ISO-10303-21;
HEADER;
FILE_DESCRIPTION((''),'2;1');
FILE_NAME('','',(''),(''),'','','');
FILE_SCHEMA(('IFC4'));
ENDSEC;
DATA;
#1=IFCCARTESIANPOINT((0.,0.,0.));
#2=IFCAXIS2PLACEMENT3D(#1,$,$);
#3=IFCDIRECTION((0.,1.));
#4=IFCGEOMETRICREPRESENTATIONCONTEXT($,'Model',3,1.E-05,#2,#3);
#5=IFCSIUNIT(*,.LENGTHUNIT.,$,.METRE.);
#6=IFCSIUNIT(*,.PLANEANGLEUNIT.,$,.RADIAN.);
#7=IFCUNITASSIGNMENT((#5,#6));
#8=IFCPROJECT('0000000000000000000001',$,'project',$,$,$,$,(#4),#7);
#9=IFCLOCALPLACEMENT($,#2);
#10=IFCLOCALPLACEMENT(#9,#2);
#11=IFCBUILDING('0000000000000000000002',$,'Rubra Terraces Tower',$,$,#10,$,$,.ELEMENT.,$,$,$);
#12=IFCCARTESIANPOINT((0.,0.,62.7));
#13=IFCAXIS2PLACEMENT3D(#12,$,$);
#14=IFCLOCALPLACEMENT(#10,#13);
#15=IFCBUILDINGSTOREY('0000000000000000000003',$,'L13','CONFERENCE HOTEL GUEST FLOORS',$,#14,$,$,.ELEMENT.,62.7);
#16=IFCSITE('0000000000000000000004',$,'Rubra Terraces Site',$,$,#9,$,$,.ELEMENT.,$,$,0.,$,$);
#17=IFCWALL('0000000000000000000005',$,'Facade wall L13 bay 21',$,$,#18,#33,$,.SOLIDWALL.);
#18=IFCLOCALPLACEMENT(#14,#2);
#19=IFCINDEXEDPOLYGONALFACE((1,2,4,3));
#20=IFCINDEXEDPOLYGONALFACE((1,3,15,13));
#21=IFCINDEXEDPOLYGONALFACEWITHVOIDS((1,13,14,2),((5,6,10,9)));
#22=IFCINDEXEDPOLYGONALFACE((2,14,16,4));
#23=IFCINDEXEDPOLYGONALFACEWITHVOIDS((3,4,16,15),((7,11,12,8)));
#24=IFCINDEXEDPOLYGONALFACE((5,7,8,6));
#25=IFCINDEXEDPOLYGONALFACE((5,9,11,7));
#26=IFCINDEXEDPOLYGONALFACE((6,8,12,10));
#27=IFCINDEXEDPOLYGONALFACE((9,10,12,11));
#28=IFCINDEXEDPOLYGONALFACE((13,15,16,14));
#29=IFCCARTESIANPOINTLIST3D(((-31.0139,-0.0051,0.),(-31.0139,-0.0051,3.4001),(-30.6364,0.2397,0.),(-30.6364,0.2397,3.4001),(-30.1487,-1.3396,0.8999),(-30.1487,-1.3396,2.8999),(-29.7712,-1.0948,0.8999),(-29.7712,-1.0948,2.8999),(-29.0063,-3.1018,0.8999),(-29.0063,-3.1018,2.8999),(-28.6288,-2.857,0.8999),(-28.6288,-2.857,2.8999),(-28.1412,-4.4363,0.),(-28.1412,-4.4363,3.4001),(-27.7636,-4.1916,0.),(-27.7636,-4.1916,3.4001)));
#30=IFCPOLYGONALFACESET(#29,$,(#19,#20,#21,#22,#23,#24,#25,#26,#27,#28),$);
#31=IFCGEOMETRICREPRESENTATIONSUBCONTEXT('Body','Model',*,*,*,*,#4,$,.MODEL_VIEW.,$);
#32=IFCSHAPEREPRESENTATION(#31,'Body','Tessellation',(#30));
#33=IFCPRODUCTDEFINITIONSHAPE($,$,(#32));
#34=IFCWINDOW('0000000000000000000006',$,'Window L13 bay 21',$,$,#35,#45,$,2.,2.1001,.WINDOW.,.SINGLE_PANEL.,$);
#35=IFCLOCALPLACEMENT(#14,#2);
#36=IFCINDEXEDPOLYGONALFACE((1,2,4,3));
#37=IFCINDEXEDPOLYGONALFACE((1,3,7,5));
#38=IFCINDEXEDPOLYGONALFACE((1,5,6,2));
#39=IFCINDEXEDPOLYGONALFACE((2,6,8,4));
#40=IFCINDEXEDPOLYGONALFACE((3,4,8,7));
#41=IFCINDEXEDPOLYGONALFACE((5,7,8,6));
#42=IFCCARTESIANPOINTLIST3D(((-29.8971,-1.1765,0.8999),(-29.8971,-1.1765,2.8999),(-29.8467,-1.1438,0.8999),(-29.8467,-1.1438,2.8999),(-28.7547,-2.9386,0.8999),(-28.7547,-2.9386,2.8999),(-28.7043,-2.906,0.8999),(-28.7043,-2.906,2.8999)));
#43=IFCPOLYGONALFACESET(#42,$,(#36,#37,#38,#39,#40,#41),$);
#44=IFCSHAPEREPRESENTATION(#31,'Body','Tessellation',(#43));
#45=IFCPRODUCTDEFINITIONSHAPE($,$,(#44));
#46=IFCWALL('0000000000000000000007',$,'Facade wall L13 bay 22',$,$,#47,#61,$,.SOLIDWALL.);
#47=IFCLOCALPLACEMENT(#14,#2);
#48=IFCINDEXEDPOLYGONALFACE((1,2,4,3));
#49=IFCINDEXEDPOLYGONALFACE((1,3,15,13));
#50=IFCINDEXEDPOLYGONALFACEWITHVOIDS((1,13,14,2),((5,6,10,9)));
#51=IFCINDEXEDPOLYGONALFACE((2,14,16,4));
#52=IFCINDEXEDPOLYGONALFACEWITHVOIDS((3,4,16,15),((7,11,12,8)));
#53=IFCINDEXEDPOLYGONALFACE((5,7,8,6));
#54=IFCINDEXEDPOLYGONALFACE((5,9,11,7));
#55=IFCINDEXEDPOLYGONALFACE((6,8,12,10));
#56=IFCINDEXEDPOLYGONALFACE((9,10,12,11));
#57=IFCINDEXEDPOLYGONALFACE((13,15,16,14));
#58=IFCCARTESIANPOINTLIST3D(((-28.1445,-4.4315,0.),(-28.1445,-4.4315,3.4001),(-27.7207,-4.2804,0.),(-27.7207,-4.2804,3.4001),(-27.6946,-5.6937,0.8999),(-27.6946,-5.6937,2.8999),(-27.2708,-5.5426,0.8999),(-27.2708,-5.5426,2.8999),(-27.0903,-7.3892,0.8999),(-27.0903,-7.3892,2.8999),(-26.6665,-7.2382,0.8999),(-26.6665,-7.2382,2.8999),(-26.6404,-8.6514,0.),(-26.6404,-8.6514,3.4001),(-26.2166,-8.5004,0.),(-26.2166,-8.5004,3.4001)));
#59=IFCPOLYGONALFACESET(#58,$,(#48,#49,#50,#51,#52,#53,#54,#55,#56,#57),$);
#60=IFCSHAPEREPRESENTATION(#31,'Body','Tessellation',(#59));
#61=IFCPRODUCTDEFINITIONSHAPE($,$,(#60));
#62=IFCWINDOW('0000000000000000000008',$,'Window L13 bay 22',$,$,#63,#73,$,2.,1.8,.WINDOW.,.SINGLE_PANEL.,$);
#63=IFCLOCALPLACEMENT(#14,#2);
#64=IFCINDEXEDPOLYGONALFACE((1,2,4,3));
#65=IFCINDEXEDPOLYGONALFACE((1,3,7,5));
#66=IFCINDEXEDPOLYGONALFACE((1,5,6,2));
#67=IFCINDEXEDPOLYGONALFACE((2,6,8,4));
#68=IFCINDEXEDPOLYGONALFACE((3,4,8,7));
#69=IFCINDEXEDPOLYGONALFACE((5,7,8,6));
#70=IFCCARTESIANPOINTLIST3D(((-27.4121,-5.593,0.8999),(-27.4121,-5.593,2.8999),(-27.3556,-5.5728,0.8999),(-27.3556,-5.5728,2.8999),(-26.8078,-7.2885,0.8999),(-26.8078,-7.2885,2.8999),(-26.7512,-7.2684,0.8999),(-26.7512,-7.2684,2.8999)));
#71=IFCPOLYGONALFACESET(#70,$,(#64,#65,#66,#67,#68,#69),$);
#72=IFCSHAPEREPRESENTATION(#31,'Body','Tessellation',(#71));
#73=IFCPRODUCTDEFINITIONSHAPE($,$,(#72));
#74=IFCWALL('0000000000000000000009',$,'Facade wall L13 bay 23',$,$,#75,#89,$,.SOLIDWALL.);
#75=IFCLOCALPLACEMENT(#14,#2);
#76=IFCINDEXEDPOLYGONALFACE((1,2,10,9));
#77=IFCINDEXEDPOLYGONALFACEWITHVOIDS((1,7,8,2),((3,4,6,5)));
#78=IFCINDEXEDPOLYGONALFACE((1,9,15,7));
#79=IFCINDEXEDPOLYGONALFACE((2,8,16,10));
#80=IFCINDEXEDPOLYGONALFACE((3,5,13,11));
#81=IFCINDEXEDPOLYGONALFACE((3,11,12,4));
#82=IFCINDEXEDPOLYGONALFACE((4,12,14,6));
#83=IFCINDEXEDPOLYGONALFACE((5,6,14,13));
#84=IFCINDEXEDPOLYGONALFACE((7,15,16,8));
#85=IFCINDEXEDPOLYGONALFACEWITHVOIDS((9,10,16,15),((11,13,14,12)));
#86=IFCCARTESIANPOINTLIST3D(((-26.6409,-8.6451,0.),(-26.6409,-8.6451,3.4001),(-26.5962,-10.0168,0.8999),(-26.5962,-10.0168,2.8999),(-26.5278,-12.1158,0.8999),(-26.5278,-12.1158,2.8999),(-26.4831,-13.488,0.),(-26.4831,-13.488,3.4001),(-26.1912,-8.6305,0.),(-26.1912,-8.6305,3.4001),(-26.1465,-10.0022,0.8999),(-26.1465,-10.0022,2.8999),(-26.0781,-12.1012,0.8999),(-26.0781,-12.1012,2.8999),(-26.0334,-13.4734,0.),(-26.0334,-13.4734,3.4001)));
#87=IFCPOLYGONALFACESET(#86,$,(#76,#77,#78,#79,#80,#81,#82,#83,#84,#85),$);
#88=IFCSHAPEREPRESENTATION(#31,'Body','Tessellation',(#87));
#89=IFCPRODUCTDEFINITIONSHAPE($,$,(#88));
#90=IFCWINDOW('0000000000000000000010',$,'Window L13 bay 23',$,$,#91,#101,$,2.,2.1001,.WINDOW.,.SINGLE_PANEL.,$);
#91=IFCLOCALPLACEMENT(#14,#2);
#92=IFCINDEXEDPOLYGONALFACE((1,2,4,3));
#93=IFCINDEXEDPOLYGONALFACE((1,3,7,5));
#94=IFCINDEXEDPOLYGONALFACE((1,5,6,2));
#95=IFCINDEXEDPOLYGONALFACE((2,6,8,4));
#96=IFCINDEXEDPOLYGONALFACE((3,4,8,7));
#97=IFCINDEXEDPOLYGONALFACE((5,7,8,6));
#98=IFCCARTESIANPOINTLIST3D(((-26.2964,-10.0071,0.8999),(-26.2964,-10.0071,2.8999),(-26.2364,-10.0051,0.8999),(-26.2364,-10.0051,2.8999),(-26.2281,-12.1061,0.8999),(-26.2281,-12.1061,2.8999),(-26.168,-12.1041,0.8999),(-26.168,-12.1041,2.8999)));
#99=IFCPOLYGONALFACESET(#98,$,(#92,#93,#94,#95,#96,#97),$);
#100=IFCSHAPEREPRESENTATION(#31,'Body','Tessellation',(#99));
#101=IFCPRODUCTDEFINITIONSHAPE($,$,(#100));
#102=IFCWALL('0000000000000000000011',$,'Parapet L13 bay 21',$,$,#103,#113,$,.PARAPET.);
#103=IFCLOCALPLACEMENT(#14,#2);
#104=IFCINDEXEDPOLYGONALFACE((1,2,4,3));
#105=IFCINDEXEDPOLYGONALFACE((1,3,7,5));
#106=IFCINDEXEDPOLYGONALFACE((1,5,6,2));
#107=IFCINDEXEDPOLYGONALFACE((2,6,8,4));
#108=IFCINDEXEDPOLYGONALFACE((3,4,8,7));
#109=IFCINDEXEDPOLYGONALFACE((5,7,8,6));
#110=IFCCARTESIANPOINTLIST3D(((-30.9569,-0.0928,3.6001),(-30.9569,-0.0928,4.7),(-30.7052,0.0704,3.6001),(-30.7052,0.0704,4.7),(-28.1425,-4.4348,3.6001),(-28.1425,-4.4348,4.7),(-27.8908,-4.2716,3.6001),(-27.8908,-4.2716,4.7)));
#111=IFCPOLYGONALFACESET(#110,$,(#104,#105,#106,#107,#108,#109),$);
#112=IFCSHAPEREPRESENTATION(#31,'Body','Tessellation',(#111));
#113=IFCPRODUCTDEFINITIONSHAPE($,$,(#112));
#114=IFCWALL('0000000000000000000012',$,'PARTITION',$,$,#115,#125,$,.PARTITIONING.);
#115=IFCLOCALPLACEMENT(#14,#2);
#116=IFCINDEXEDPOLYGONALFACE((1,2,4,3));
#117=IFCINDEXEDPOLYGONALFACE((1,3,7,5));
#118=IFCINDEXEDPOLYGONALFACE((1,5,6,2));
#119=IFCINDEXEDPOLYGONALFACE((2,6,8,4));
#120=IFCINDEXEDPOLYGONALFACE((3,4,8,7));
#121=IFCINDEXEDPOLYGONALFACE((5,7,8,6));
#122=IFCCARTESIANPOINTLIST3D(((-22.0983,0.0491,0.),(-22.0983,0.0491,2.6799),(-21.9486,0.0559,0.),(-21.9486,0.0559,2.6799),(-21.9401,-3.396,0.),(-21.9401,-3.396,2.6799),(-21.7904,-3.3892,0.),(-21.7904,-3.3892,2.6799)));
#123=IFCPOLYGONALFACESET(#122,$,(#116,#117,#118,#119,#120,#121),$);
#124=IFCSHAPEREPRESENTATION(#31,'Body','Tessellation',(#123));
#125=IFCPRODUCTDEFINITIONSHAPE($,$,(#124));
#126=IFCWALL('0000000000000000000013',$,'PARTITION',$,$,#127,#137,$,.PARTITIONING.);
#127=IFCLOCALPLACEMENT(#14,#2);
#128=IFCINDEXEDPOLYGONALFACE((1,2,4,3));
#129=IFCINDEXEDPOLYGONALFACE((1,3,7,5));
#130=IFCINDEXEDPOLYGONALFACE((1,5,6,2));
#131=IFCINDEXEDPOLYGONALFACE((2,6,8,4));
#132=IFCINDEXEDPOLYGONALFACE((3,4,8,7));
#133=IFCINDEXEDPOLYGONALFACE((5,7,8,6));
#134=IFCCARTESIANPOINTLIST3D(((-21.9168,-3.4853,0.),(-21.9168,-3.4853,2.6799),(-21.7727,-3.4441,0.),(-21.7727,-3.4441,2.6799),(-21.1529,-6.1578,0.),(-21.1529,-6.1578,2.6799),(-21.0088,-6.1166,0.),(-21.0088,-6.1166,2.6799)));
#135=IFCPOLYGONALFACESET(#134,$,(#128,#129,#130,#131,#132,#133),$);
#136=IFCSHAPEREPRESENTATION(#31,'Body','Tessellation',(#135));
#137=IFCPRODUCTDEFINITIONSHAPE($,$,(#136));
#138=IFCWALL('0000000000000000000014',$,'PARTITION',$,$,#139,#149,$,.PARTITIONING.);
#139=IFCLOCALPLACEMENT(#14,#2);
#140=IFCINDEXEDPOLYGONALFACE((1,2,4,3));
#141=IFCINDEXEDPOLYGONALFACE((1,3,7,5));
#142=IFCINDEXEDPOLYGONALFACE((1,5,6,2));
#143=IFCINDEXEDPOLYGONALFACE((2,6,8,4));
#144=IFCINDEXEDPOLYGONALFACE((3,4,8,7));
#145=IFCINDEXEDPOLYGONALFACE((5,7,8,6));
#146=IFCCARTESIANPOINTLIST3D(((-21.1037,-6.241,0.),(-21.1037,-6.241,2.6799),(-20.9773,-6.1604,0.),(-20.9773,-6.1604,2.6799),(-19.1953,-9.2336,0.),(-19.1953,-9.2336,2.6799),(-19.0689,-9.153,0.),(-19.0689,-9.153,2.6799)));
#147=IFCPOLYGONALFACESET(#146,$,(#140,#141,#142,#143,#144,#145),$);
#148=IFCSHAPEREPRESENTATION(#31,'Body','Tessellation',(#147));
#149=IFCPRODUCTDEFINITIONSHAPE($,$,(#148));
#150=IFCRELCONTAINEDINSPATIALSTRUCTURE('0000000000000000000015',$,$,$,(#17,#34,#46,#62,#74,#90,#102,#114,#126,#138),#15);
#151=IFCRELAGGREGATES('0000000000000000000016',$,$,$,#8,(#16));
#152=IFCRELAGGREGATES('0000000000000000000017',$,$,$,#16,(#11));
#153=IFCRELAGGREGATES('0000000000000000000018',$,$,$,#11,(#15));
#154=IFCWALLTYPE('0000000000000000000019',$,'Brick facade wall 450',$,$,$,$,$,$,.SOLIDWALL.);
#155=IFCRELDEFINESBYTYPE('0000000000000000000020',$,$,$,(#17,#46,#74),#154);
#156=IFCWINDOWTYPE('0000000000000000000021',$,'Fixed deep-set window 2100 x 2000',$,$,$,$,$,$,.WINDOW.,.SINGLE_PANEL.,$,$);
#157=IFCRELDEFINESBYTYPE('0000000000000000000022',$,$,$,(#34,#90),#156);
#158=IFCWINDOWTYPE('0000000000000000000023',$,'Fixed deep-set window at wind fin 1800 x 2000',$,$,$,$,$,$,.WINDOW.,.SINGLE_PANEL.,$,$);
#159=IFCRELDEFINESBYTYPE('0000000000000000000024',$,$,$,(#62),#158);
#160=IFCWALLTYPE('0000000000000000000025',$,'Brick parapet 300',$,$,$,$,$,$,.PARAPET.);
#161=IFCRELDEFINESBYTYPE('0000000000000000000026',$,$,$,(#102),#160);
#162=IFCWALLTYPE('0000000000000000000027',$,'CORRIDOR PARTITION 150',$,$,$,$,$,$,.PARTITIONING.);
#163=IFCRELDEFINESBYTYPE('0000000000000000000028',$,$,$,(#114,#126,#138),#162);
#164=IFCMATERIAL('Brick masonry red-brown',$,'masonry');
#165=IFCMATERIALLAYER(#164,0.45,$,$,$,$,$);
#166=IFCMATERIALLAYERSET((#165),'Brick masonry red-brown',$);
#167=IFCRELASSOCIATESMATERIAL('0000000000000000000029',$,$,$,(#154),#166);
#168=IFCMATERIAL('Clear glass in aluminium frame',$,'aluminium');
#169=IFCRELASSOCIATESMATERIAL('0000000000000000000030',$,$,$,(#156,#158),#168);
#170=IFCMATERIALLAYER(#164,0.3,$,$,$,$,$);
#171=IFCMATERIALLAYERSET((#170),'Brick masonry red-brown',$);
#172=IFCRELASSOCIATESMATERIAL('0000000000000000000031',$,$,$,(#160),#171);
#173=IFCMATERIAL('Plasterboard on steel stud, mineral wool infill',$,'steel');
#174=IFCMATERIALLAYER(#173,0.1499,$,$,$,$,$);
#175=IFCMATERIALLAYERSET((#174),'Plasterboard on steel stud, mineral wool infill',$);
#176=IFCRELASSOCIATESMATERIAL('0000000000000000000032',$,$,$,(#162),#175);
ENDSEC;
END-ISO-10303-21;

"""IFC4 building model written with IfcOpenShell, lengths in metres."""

from ifc_helpers import new_model, si_unit, direction, frame, frame_2d, origin, place, context, subcontext, project, spatial, rectangle, extrude, material, layer, layer_set, type_object, element, fill, save


model = new_model("IFC4")

# Units and contexts
model_context = context("Model", 3, precision=1e-05, world=origin(), true_north=direction((0.0, 1.0)))
body_context = subcontext(model_context, "Body", "Model", "MODEL_VIEW")
ifc_project = project(units=[si_unit("LENGTHUNIT", "METRE"), si_unit("PLANEANGLEUNIT", "RADIAN")], contexts=[model_context])

# Site, building, storey
site_placement = place(None, origin())
site = spatial("IfcSite", under=ifc_project, at=site_placement, Name="Rubra Terraces Site", CompositionType="ELEMENT", RefElevation=0.0)
building_placement = place(site_placement, origin())
building = spatial("IfcBuilding", under=site, at=building_placement, Name="Rubra Terraces Tower", CompositionType="ELEMENT")
storey_placement = place(building_placement, frame((0.0, 0.0, 62.7)))
storey = spatial("IfcBuildingStorey", under=building, at=storey_placement, Name="L13", Description="CONFERENCE HOTEL GUEST FLOORS", CompositionType="ELEMENT", Elevation=62.7)

# Walls, openings, windows
ifc_material_1 = material(Name="Brick masonry red-brown", Category="masonry")
ifc_layer_1 = layer(ifc_material_1, 0.45)
ifc_layer_set_1 = layer_set([ifc_layer_1], Name="Brick masonry red-brown")
wall_type_1 = type_object("IfcWallType", Name="Brick facade wall 450", PredefinedType="SOLIDWALL", material=ifc_layer_set_1)
wall_1_placement = place(storey_placement, frame((-30.8252, 0.1174, 0.0), z_axis=(0.0, 0.0, 1.0), x_axis=(0.543976, -0.839101, 0.0)))
wall_1 = element("IfcWall", 1, at=wall_1_placement, inside=storey, type_object=wall_type_1, Name="Facade wall L13 bay 21", PredefinedType="SOLIDWALL", context=body_context, shape_type="SweptSolid", body=[
    extrude(rectangle(XDim=5.281, YDim=0.45, at=frame_2d((2.6406, 0.0))), origin(), (0.0, 0.0, 1.0), 3.4001),
])
opening_1_placement = place(wall_1_placement, frame((1.5906, 0.0, 0.8999)))
opening_1 = element("IfcOpeningElement", 2, at=opening_1_placement, cuts=wall_1, PredefinedType="OPENING", context=body_context, shape_type="SweptSolid", body=[
    extrude(rectangle(XDim=2.1001, YDim=2.0, at=frame_2d((1.05, 1.0))), frame((0.0, 0.2349, 0.0), z_axis=(0.0, -1.0, 0.0), x_axis=(1.0, 0.0, 0.0)), (0.0, 0.0, 1.0), 0.47),
])
ifc_material_2 = material(Name="Clear glass in aluminium frame", Category="aluminium")
window_type_1 = type_object("IfcWindowType", Name="Fixed deep-set window 2100 x 2000", PartitioningType="SINGLE_PANEL", PredefinedType="WINDOW", material=ifc_material_2)
window_1_placement = place(opening_1_placement, origin())
window_1 = element("IfcWindow", 3, at=window_1_placement, inside=storey, type_object=window_type_1, Name="Window L13 bay 21", OverallHeight=2.0, OverallWidth=2.1001, PartitioningType="SINGLE_PANEL", PredefinedType="WINDOW", context=body_context, shape_type="SweptSolid", body=[
    extrude(rectangle(XDim=2.1001, YDim=2.0, at=frame_2d((1.05, 1.0))), frame((0.0, 0.135, 0.0), z_axis=(0.0, -1.0, 0.0), x_axis=(1.0, 0.0, 0.0)), (0.0, 0.0, 1.0), 0.0601),
])
fill(opening_1, window_1)
wall_2_placement = place(storey_placement, frame((-27.9326, -4.356, 0.0), z_axis=(0.0, 0.0, 1.0), x_axis=(0.335746, -0.941953, 0.0)))
wall_2 = element("IfcWall", 4, at=wall_2_placement, inside=storey, type_object=wall_type_1, Name="Facade wall L13 bay 22", PredefinedType="SOLIDWALL", context=body_context, shape_type="SweptSolid", body=[
    extrude(rectangle(XDim=4.48, YDim=0.45, at=frame_2d((2.24, 0.0))), origin(), (0.0, 0.0, 1.0), 3.4001),
])
opening_2_placement = place(wall_2_placement, frame((1.3401, 0.0, 0.8999)))
opening_2 = element("IfcOpeningElement", 5, at=opening_2_placement, cuts=wall_2, PredefinedType="OPENING", context=body_context, shape_type="SweptSolid", body=[
    extrude(rectangle(XDim=1.8, YDim=2.0, at=frame_2d((0.8999, 1.0))), frame((0.0, 0.2349, 0.0), z_axis=(0.0, -1.0, 0.0), x_axis=(1.0, 0.0, 0.0)), (0.0, 0.0, 1.0), 0.47),
])
window_type_2 = type_object("IfcWindowType", Name="Fixed deep-set window at wind fin 1800 x 2000", PartitioningType="SINGLE_PANEL", PredefinedType="WINDOW", material=ifc_material_2)
window_2_placement = place(opening_2_placement, origin())
window_2 = element("IfcWindow", 6, at=window_2_placement, inside=storey, type_object=window_type_2, Name="Window L13 bay 22", OverallHeight=2.0, OverallWidth=1.8, PartitioningType="SINGLE_PANEL", PredefinedType="WINDOW", context=body_context, shape_type="SweptSolid", body=[
    extrude(rectangle(XDim=1.8, YDim=2.0, at=frame_2d((0.8999, 1.0))), frame((0.0, 0.135, 0.0), z_axis=(0.0, -1.0, 0.0), x_axis=(1.0, 0.0, 0.0)), (0.0, 0.0, 1.0), 0.0601),
])
fill(opening_2, window_2)
wall_3_placement = place(storey_placement, frame((-26.416, -8.6377, 0.0), z_axis=(0.0, 0.0, 1.0), x_axis=(0.03255, -0.99947, 0.0)))
wall_3 = element("IfcWall", 7, at=wall_3_placement, inside=storey, type_object=wall_type_1, Name="Facade wall L13 bay 23", PredefinedType="SOLIDWALL", context=body_context, shape_type="SweptSolid", body=[
    extrude(rectangle(XDim=4.8455, YDim=0.45, at=frame_2d((2.4229, 0.0))), origin(), (0.0, 0.0, 1.0), 3.4001),
])
opening_3_placement = place(wall_3_placement, frame((1.3726, 0.0, 0.8999)))
opening_3 = element("IfcOpeningElement", 8, at=opening_3_placement, cuts=wall_3, PredefinedType="OPENING", context=body_context, shape_type="SweptSolid", body=[
    extrude(rectangle(XDim=2.1001, YDim=2.0, at=frame_2d((1.05, 1.0))), frame((0.0, 0.2349, 0.0), z_axis=(0.0, -1.0, 0.0), x_axis=(1.0, 0.0, 0.0)), (0.0, 0.0, 1.0), 0.47),
])
window_3_placement = place(opening_3_placement, origin())
window_3 = element("IfcWindow", 9, at=window_3_placement, inside=storey, type_object=window_type_1, Name="Window L13 bay 23", OverallHeight=2.0, OverallWidth=2.1001, PartitioningType="SINGLE_PANEL", PredefinedType="WINDOW", context=body_context, shape_type="SweptSolid", body=[
    extrude(rectangle(XDim=2.1001, YDim=2.0, at=frame_2d((1.05, 1.0))), frame((0.0, 0.135, 0.0), z_axis=(0.0, -1.0, 0.0), x_axis=(1.0, 0.0, 0.0)), (0.0, 0.0, 1.0), 0.0601),
])
fill(opening_3, window_3)

# Walls
ifc_layer_2 = layer(ifc_material_1, 0.3)
ifc_layer_set_2 = layer_set([ifc_layer_2], Name="Brick masonry red-brown")
wall_type_2 = type_object("IfcWallType", Name="Brick parapet 300", PredefinedType="PARAPET", material=ifc_layer_set_2)
wall_4_placement = place(storey_placement, frame((-30.8311, -0.0112, 3.6001), z_axis=(0.0, 0.0, 1.0), x_axis=(0.543918, -0.839138, 0.0)))
element("IfcWall", 10, at=wall_4_placement, inside=storey, type_object=wall_type_2, Name="Parapet L13 bay 21", PredefinedType="PARAPET", context=body_context, shape_type="SweptSolid", body=[
    extrude(rectangle(XDim=5.1743, YDim=0.3, at=frame_2d((2.5872, 0.0))), origin(), (0.0, 0.0, 1.0), 1.0999),
])
ifc_material_3 = material(Name="Plasterboard on steel stud, mineral wool infill", Category="steel")
ifc_layer_3 = layer(ifc_material_3, 0.1499)
ifc_layer_set_3 = layer_set([ifc_layer_3], Name="Plasterboard on steel stud, mineral wool infill")
wall_type_3 = type_object("IfcWallType", Name="CORRIDOR PARTITION 150", PredefinedType="PARTITIONING", material=ifc_layer_set_3)
wall_5_placement = place(storey_placement, frame((-22.0234, 0.0525, 0.0), z_axis=(0.0, 0.0, 1.0), x_axis=(0.045873, -0.998947, 0.0)))
element("IfcWall", 11, at=wall_5_placement, inside=storey, type_object=wall_type_3, Name="PARTITION", PredefinedType="PARTITIONING", context=body_context, shape_type="SweptSolid", body=[
    extrude(rectangle(XDim=3.4487, YDim=0.1499, at=frame_2d((1.7244, 0.0))), origin(), (0.0, 0.0, 1.0), 2.6799),
])
wall_6_placement = place(storey_placement, frame((-21.8447, -3.4648, 0.0), z_axis=(0.0, 0.0, 1.0), x_axis=(0.274826, -0.961494, 0.0)))
element("IfcWall", 12, at=wall_6_placement, inside=storey, type_object=wall_type_3, Name="PARTITION", PredefinedType="PARTITIONING", context=body_context, shape_type="SweptSolid", body=[
    extrude(rectangle(XDim=2.7795, YDim=0.1499, at=frame_2d((1.3896, 0.0))), origin(), (0.0, 0.0, 1.0), 2.6799),
])
wall_7_placement = place(storey_placement, frame((-21.0405, -6.2007, 0.0), z_axis=(0.0, 0.0, 1.0), x_axis=(0.537681, -0.843148, 0.0)))
element("IfcWall", 13, at=wall_7_placement, inside=storey, type_object=wall_type_3, Name="PARTITION", PredefinedType="PARTITIONING", context=body_context, shape_type="SweptSolid", body=[
    extrude(rectangle(XDim=3.5493, YDim=0.1499, at=frame_2d((1.7747, 0.0))), origin(), (0.0, 0.0, 1.0), 2.6799),
])

save(model, "model.ifc")
